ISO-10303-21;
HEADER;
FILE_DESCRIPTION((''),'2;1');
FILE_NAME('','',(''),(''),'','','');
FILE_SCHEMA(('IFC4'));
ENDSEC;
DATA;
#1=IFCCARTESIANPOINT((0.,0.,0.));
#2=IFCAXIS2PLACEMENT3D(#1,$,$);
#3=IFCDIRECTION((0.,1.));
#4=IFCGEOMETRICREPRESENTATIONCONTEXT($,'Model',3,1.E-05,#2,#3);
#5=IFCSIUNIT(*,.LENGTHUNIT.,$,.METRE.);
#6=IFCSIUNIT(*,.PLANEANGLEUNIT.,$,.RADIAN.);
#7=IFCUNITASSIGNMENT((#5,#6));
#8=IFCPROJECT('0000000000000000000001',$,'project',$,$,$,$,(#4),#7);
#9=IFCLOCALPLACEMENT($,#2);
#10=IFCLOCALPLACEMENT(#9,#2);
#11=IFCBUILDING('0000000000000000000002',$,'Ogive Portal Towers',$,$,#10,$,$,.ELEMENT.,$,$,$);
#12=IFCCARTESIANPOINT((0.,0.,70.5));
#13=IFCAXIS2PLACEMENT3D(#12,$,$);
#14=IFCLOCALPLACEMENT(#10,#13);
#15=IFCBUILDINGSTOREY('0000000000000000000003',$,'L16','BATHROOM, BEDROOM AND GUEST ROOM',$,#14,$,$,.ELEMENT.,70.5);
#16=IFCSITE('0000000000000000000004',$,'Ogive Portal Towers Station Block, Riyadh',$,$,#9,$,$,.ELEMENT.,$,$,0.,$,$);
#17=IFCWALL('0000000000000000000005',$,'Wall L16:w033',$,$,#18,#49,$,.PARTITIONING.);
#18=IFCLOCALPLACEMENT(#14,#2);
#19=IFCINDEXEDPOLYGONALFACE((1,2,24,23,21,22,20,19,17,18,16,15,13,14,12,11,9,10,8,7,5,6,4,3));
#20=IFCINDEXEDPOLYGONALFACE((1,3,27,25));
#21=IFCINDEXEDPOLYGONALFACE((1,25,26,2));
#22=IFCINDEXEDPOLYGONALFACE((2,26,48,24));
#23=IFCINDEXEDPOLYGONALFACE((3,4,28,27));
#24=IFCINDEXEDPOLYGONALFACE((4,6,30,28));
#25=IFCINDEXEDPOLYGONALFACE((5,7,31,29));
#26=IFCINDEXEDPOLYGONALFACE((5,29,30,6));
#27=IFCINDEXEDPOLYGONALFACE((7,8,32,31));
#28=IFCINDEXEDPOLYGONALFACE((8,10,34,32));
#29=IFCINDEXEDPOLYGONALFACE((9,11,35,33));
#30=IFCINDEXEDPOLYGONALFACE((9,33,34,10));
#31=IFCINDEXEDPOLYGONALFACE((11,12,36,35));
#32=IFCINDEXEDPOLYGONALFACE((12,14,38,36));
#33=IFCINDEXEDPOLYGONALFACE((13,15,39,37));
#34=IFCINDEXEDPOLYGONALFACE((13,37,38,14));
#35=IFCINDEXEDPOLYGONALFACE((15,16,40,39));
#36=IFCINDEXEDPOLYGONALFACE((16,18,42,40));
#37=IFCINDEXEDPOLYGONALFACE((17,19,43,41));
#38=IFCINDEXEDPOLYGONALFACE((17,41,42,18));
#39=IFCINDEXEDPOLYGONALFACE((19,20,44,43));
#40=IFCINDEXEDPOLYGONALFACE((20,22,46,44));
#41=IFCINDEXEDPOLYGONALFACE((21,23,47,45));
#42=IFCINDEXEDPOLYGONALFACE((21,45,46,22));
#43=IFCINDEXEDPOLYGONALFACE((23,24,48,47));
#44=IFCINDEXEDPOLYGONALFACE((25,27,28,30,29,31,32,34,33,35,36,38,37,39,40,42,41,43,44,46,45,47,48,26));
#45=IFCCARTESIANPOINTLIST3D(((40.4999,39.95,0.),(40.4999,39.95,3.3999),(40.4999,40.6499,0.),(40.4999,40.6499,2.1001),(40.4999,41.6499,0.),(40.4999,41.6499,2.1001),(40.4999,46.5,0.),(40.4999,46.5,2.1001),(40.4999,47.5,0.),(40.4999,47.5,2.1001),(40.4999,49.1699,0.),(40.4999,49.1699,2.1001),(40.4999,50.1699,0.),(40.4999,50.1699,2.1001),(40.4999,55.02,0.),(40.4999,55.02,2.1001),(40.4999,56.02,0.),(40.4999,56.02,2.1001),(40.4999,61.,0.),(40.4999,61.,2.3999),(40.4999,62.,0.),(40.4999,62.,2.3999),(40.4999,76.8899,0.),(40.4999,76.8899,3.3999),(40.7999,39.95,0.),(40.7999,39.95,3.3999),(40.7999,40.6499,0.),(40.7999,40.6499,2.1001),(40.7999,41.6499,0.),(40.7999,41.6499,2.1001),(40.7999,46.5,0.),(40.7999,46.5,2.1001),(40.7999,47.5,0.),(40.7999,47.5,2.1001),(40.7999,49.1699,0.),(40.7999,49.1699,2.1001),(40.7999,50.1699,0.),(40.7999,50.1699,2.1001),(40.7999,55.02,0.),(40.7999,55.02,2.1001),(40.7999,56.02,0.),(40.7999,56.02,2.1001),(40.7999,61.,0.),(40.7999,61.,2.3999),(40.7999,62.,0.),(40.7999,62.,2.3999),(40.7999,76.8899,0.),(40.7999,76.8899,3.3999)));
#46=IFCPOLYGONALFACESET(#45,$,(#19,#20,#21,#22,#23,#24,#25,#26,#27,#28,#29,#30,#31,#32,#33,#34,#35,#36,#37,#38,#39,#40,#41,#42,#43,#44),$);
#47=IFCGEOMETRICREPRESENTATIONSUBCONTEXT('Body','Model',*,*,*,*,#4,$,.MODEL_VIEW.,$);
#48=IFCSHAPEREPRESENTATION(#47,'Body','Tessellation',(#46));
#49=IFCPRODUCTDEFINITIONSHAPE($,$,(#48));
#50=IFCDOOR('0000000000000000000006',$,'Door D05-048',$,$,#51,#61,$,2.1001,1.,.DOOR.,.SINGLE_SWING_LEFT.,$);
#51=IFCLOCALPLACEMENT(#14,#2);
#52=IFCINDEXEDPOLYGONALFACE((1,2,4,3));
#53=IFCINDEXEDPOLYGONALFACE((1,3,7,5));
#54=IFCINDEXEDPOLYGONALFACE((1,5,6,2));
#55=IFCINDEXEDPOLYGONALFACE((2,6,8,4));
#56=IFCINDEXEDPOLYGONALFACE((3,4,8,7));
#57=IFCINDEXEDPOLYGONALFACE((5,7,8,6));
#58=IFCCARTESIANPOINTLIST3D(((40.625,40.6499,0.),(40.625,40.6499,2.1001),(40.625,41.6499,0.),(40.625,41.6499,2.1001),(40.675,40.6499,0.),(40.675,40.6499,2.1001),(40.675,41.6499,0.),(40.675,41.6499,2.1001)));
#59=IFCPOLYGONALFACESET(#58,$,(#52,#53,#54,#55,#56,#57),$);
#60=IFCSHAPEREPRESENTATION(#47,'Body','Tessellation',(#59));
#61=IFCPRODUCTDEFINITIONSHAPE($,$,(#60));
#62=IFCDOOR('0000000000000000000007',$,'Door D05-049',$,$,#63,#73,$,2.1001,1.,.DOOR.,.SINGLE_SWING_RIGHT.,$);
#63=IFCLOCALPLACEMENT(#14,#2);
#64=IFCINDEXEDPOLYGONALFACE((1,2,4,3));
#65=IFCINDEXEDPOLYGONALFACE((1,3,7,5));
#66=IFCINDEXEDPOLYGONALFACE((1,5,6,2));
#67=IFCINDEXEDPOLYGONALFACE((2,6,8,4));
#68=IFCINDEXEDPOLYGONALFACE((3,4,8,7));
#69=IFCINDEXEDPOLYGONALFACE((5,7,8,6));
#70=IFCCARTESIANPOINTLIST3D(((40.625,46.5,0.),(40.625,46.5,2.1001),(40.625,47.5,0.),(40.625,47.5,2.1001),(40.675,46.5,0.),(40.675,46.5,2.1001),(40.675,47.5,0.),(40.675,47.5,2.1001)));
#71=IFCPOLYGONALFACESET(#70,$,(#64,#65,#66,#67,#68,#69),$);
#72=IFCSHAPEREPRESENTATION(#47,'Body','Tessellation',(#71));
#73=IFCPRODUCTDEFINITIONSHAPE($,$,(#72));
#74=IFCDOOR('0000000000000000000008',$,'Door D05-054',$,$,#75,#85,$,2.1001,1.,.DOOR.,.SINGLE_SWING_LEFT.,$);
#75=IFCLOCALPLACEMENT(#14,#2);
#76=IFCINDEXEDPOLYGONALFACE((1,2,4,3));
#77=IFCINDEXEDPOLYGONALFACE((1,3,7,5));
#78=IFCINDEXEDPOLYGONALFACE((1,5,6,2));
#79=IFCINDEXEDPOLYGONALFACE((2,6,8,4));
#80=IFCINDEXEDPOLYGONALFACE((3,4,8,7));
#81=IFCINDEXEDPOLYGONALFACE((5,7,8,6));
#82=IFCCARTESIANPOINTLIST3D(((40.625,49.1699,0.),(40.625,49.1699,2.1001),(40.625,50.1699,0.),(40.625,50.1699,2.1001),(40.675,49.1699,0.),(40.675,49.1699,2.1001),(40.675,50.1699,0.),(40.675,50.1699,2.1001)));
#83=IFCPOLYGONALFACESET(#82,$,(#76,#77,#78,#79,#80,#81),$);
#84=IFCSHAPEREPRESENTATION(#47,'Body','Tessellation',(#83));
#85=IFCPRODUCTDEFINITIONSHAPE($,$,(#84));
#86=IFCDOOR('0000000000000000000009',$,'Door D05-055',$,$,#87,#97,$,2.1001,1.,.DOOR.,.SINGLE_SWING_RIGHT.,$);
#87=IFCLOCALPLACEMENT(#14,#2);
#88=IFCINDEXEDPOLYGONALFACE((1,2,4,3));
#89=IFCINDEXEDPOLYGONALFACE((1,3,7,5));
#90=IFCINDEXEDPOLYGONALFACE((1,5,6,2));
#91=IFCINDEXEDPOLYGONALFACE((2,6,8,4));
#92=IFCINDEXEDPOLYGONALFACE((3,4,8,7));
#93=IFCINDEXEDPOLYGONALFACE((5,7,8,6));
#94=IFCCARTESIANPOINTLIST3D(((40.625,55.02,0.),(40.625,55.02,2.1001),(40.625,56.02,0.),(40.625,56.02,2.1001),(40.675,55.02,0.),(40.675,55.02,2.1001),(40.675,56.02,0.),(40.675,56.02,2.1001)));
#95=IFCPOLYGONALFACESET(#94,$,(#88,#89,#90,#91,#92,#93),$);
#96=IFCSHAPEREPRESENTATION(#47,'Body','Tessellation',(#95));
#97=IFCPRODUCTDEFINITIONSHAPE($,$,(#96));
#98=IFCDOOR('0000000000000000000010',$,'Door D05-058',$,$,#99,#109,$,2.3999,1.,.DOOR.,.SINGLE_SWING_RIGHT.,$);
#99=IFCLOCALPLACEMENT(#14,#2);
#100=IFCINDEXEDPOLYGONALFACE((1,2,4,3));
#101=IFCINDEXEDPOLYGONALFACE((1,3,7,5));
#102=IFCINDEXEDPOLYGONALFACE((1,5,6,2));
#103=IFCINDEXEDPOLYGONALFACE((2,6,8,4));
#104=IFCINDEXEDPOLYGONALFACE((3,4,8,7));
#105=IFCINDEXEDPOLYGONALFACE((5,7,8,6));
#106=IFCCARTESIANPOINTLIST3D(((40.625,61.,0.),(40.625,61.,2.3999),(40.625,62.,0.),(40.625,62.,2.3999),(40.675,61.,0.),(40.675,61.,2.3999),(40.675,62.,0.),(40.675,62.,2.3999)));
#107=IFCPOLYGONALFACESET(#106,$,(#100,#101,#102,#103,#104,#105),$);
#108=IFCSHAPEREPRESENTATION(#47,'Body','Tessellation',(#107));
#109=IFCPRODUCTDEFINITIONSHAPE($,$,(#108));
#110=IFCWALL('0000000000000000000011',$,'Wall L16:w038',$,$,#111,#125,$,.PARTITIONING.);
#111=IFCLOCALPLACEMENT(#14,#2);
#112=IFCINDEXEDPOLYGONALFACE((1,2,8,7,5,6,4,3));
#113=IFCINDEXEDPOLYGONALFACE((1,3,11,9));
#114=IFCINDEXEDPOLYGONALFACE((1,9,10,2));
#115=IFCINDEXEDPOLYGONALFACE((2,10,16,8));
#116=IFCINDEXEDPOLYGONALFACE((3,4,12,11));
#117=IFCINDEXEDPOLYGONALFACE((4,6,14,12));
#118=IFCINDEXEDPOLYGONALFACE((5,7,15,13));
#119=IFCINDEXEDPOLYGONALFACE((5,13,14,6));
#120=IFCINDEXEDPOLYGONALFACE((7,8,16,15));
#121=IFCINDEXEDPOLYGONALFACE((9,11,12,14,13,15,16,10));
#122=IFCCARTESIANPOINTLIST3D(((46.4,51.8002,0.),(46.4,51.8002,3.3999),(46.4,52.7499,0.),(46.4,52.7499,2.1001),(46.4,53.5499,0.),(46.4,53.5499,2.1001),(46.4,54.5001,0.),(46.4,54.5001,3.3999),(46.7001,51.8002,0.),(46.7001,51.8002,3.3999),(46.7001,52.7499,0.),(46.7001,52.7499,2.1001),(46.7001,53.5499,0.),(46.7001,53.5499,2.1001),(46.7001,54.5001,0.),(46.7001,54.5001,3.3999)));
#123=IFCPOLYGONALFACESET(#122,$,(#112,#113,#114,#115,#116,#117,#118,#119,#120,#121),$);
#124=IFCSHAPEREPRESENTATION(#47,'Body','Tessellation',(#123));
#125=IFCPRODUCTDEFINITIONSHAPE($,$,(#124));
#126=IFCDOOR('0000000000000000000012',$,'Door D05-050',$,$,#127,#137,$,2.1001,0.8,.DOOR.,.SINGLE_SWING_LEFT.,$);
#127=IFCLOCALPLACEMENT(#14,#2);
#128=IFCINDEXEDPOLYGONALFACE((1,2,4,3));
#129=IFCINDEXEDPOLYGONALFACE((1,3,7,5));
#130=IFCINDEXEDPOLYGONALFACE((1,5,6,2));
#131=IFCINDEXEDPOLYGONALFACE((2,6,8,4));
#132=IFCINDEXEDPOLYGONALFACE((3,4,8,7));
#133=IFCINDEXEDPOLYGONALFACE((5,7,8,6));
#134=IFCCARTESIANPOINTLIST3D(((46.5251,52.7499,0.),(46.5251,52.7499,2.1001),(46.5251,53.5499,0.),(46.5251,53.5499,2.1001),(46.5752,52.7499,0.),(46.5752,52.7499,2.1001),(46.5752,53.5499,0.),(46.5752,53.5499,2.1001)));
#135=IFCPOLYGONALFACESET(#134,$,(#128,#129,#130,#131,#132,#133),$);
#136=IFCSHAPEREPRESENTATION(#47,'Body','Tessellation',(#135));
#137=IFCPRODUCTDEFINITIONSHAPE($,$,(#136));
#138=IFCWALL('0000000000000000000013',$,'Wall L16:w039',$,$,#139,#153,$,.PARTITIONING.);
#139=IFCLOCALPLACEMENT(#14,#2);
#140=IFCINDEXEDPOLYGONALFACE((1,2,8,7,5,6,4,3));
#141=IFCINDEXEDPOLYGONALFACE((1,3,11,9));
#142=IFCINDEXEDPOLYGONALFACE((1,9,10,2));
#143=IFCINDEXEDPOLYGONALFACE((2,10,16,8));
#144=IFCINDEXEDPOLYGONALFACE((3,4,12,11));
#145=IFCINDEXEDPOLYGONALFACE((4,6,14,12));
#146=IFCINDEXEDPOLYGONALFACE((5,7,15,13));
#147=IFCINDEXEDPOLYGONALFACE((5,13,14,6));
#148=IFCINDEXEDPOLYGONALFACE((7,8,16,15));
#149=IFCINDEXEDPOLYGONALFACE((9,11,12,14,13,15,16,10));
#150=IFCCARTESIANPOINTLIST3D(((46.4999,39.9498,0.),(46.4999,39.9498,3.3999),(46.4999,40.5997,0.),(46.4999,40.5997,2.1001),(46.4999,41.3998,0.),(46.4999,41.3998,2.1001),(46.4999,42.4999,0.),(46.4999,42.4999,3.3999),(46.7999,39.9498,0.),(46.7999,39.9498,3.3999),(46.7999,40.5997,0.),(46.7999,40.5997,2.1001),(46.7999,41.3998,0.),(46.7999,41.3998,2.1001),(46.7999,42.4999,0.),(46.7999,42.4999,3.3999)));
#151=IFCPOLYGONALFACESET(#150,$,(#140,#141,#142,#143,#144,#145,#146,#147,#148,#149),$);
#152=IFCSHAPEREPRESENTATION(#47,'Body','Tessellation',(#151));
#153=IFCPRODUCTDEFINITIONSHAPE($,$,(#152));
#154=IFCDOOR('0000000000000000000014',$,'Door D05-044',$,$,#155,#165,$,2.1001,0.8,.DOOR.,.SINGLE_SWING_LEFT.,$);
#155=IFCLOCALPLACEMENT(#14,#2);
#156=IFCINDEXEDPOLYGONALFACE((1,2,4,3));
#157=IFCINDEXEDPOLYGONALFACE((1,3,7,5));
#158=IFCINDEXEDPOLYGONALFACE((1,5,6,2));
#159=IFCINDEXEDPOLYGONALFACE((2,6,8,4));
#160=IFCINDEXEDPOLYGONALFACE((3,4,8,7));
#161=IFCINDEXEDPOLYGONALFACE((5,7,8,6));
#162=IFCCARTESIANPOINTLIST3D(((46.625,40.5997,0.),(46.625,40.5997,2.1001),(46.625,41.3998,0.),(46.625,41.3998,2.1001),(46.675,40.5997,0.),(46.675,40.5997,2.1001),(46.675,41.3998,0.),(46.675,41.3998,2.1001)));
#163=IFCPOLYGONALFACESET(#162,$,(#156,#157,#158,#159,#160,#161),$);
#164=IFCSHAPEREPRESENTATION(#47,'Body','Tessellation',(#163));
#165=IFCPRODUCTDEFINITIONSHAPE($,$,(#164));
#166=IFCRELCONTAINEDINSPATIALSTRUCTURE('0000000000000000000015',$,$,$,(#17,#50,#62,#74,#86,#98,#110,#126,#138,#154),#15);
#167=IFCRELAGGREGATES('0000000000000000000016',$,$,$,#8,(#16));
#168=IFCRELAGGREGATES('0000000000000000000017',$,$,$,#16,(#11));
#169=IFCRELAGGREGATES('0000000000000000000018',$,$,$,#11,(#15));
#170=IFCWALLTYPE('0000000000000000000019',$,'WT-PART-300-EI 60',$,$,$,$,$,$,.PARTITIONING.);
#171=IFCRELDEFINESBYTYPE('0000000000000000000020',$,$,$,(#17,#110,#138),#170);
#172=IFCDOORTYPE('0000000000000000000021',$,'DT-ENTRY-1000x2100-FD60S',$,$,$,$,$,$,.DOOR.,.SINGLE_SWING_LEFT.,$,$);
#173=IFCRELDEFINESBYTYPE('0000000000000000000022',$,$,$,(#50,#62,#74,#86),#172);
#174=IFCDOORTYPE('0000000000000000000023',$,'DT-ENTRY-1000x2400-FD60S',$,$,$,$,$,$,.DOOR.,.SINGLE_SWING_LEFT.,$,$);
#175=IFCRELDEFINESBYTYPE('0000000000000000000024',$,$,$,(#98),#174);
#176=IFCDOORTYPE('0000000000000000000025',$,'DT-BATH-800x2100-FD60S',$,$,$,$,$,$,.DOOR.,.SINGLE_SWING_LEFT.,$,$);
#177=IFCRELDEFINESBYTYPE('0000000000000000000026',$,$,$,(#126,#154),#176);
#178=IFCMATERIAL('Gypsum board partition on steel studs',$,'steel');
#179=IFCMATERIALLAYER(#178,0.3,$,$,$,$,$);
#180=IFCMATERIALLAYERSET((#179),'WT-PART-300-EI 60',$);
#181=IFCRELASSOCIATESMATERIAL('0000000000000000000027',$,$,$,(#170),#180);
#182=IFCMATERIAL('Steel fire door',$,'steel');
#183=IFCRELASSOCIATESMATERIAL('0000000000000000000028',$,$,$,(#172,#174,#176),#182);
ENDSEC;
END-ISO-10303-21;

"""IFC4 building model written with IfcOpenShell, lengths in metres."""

from ifc_helpers import new_model, si_unit, direction, frame, frame_2d, origin, place, context, subcontext, project, spatial, rectangle, extrude, material, layer, layer_set, type_object, element, fill, save


model = new_model("IFC4")

# Units and contexts
model_context = context("Model", 3, precision=1e-05, world=origin(), true_north=direction((0.0, 1.0)))
body_context = subcontext(model_context, "Body", "Model", "MODEL_VIEW")
ifc_project = project(units=[si_unit("LENGTHUNIT", "METRE"), si_unit("PLANEANGLEUNIT", "RADIAN")], contexts=[model_context])

# Site, building, storey
site_placement = place(None, origin())
site = spatial("IfcSite", under=ifc_project, at=site_placement, Name="Ogive Portal Towers Station Block, Riyadh", CompositionType="ELEMENT", RefElevation=0.0)
building_placement = place(site_placement, origin())
building = spatial("IfcBuilding", under=site, at=building_placement, Name="Ogive Portal Towers", CompositionType="ELEMENT")
storey_placement = place(building_placement, frame((0.0, 0.0, 70.5)))
storey = spatial("IfcBuildingStorey", under=building, at=storey_placement, Name="L16", Description="BATHROOM, BEDROOM AND GUEST ROOM", CompositionType="ELEMENT", Elevation=70.5)

# Shared definitions
ifc_material_1 = material(Name="Gypsum board partition on steel studs", Category="steel")
ifc_layer_1 = layer(ifc_material_1, 0.3)
ifc_layer_set_1 = layer_set([ifc_layer_1], Name="WT-PART-300-EI 60")
wall_type_1 = type_object("IfcWallType", Name="WT-PART-300-EI 60", PredefinedType="PARTITIONING", material=ifc_layer_set_1)

# Wall, openings, doors
wall_1_placement = place(storey_placement, frame((40.6499, 39.95, 0.0), z_axis=(0.0, 0.0, 1.0), x_axis=(0.0, 1.0, 0.0)))
wall_1 = element("IfcWall", 1, at=wall_1_placement, inside=storey, type_object=wall_type_1, Name="Wall L16:w033", PredefinedType="PARTITIONING", context=body_context, shape_type="SweptSolid", body=[
    extrude(rectangle(XDim=36.9399, YDim=0.3, at=frame_2d((18.47, 0.0))), origin(), (0.0, 0.0, 1.0), 3.3999),
])
opening_1_placement = place(wall_1_placement, frame((0.7, 0.0, 0.0)))
opening_1 = element("IfcOpeningElement", 2, at=opening_1_placement, cuts=wall_1, PredefinedType="OPENING", context=body_context, shape_type="SweptSolid", body=[
    extrude(rectangle(XDim=1.0, YDim=2.1001, at=frame_2d((0.5, 1.05))), frame((0.0, 0.1602, 0.0), z_axis=(0.0, -1.0, 0.0), x_axis=(1.0, 0.0, 0.0)), (0.0, 0.0, 1.0), 0.3201),
])
opening_2_placement = place(wall_1_placement, frame((6.55, 0.0, 0.0)))
opening_2 = element("IfcOpeningElement", 3, at=opening_2_placement, cuts=wall_1, PredefinedType="OPENING", context=body_context, shape_type="SweptSolid", body=[
    extrude(rectangle(XDim=1.0, YDim=2.1001, at=frame_2d((0.5, 1.05))), frame((0.0, 0.1602, 0.0), z_axis=(0.0, -1.0, 0.0), x_axis=(1.0, 0.0, 0.0)), (0.0, 0.0, 1.0), 0.3201),
])
opening_3_placement = place(wall_1_placement, frame((9.22, 0.0, 0.0)))
opening_3 = element("IfcOpeningElement", 4, at=opening_3_placement, cuts=wall_1, PredefinedType="OPENING", context=body_context, shape_type="SweptSolid", body=[
    extrude(rectangle(XDim=1.0, YDim=2.1001, at=frame_2d((0.5, 1.05))), frame((0.0, 0.1602, 0.0), z_axis=(0.0, -1.0, 0.0), x_axis=(1.0, 0.0, 0.0)), (0.0, 0.0, 1.0), 0.3201),
])
opening_4_placement = place(wall_1_placement, frame((15.0701, 0.0, 0.0)))
opening_4 = element("IfcOpeningElement", 5, at=opening_4_placement, cuts=wall_1, PredefinedType="OPENING", context=body_context, shape_type="SweptSolid", body=[
    extrude(rectangle(XDim=1.0, YDim=2.1001, at=frame_2d((0.5, 1.05))), frame((0.0, 0.1602, 0.0), z_axis=(0.0, -1.0, 0.0), x_axis=(1.0, 0.0, 0.0)), (0.0, 0.0, 1.0), 0.3201),
])
opening_5_placement = place(wall_1_placement, frame((21.05, 0.0, 0.0)))
opening_5 = element("IfcOpeningElement", 6, at=opening_5_placement, cuts=wall_1, PredefinedType="OPENING", context=body_context, shape_type="SweptSolid", body=[
    extrude(rectangle(XDim=1.0, YDim=2.3999, at=frame_2d((0.5, 1.2))), frame((0.0, 0.1602, 0.0), z_axis=(0.0, -1.0, 0.0), x_axis=(1.0, 0.0, 0.0)), (0.0, 0.0, 1.0), 0.3201),
])
ifc_material_2 = material(Name="Steel fire door", Category="steel")
door_type_1 = type_object("IfcDoorType", Name="DT-ENTRY-1000x2100-FD60S", OperationType="SINGLE_SWING_LEFT", PredefinedType="DOOR", material=ifc_material_2)
door_1_placement = place(opening_1_placement, origin())
door_1 = element("IfcDoor", 7, at=door_1_placement, inside=storey, type_object=door_type_1, Name="Door D05-048", OperationType="SINGLE_SWING_LEFT", OverallHeight=2.1001, OverallWidth=1.0, PredefinedType="DOOR", context=body_context, shape_type="SweptSolid", body=[
    extrude(rectangle(XDim=1.0, YDim=2.1001, at=frame_2d((0.5, 1.05))), frame((0.0, 0.0249, 0.0), z_axis=(0.0, -1.0, 0.0), x_axis=(1.0, 0.0, 0.0)), (0.0, 0.0, 1.0), 0.05),
])
fill(opening_1, door_1)
door_2_placement = place(opening_2_placement, origin())
door_2 = element("IfcDoor", 8, at=door_2_placement, inside=storey, type_object=door_type_1, Name="Door D05-049", OperationType="SINGLE_SWING_RIGHT", OverallHeight=2.1001, OverallWidth=1.0, PredefinedType="DOOR", context=body_context, shape_type="SweptSolid", body=[
    extrude(rectangle(XDim=1.0, YDim=2.1001, at=frame_2d((0.5, 1.05))), frame((0.0, 0.0249, 0.0), z_axis=(0.0, -1.0, 0.0), x_axis=(1.0, 0.0, 0.0)), (0.0, 0.0, 1.0), 0.05),
])
fill(opening_2, door_2)
door_3_placement = place(opening_3_placement, origin())
door_3 = element("IfcDoor", 9, at=door_3_placement, inside=storey, type_object=door_type_1, Name="Door D05-054", OperationType="SINGLE_SWING_LEFT", OverallHeight=2.1001, OverallWidth=1.0, PredefinedType="DOOR", context=body_context, shape_type="SweptSolid", body=[
    extrude(rectangle(XDim=1.0, YDim=2.1001, at=frame_2d((0.5, 1.05))), frame((0.0, 0.0249, 0.0), z_axis=(0.0, -1.0, 0.0), x_axis=(1.0, 0.0, 0.0)), (0.0, 0.0, 1.0), 0.05),
])
fill(opening_3, door_3)
door_4_placement = place(opening_4_placement, origin())
door_4 = element("IfcDoor", 10, at=door_4_placement, inside=storey, type_object=door_type_1, Name="Door D05-055", OperationType="SINGLE_SWING_RIGHT", OverallHeight=2.1001, OverallWidth=1.0, PredefinedType="DOOR", context=body_context, shape_type="SweptSolid", body=[
    extrude(rectangle(XDim=1.0, YDim=2.1001, at=frame_2d((0.5, 1.05))), frame((0.0, 0.0249, 0.0), z_axis=(0.0, -1.0, 0.0), x_axis=(1.0, 0.0, 0.0)), (0.0, 0.0, 1.0), 0.05),
])
fill(opening_4, door_4)
door_type_2 = type_object("IfcDoorType", Name="DT-ENTRY-1000x2400-FD60S", OperationType="SINGLE_SWING_LEFT", PredefinedType="DOOR", material=ifc_material_2)
door_5_placement = place(opening_5_placement, origin())
door_5 = element("IfcDoor", 11, at=door_5_placement, inside=storey, type_object=door_type_2, Name="Door D05-058", OperationType="SINGLE_SWING_RIGHT", OverallHeight=2.3999, OverallWidth=1.0, PredefinedType="DOOR", context=body_context, shape_type="SweptSolid", body=[
    extrude(rectangle(XDim=1.0, YDim=2.3999, at=frame_2d((0.5, 1.2))), frame((0.0, 0.0249, 0.0), z_axis=(0.0, -1.0, 0.0), x_axis=(1.0, 0.0, 0.0)), (0.0, 0.0, 1.0), 0.05),
])
fill(opening_5, door_5)

# Walls, openings, doors
wall_2_placement = place(storey_placement, frame((46.55, 51.8, 0.0), z_axis=(0.0, 0.0, 1.0), x_axis=(0.0, 1.0, 0.0)))
wall_2 = element("IfcWall", 12, at=wall_2_placement, inside=storey, type_object=wall_type_1, Name="Wall L16:w038", PredefinedType="PARTITIONING", context=body_context, shape_type="SweptSolid", body=[
    extrude(rectangle(XDim=2.7, YDim=0.3, at=frame_2d((1.3501, 0.0))), origin(), (0.0, 0.0, 1.0), 3.3999),
])
opening_6_placement = place(wall_2_placement, frame((0.95, 0.0, 0.0)))
opening_6 = element("IfcOpeningElement", 13, at=opening_6_placement, cuts=wall_2, PredefinedType="OPENING", context=body_context, shape_type="SweptSolid", body=[
    extrude(rectangle(XDim=0.8, YDim=2.1001, at=frame_2d((0.3999, 1.05))), frame((0.0, 0.1602, 0.0), z_axis=(0.0, -1.0, 0.0), x_axis=(1.0, 0.0, 0.0)), (0.0, 0.0, 1.0), 0.3201),
])
door_type_3 = type_object("IfcDoorType", Name="DT-BATH-800x2100-FD60S", OperationType="SINGLE_SWING_LEFT", PredefinedType="DOOR", material=ifc_material_2)
door_6_placement = place(opening_6_placement, origin())
door_6 = element("IfcDoor", 14, at=door_6_placement, inside=storey, type_object=door_type_3, Name="Door D05-050", OperationType="SINGLE_SWING_LEFT", OverallHeight=2.1001, OverallWidth=0.8, PredefinedType="DOOR", context=body_context, shape_type="SweptSolid", body=[
    extrude(rectangle(XDim=0.8, YDim=2.1001, at=frame_2d((0.3999, 1.05))), frame((0.0, 0.0249, 0.0), z_axis=(0.0, -1.0, 0.0), x_axis=(1.0, 0.0, 0.0)), (0.0, 0.0, 1.0), 0.05),
])
fill(opening_6, door_6)
wall_3_placement = place(storey_placement, frame((46.6499, 39.95, 0.0), z_axis=(0.0, 0.0, 1.0), x_axis=(0.0, 1.0, 0.0)))
wall_3 = element("IfcWall", 15, at=wall_3_placement, inside=storey, type_object=wall_type_1, Name="Wall L16:w039", PredefinedType="PARTITIONING", context=body_context, shape_type="SweptSolid", body=[
    extrude(rectangle(XDim=2.55, YDim=0.3, at=frame_2d((1.2749, 0.0))), origin(), (0.0, 0.0, 1.0), 3.3999),
])
opening_7_placement = place(wall_3_placement, frame((0.6499, 0.0, 0.0)))
opening_7 = element("IfcOpeningElement", 16, at=opening_7_placement, cuts=wall_3, PredefinedType="OPENING", context=body_context, shape_type="SweptSolid", body=[
    extrude(rectangle(XDim=0.8, YDim=2.1001, at=frame_2d((0.3999, 1.05))), frame((0.0, 0.1602, 0.0), z_axis=(0.0, -1.0, 0.0), x_axis=(1.0, 0.0, 0.0)), (0.0, 0.0, 1.0), 0.3201),
])
door_7_placement = place(opening_7_placement, origin())
door_7 = element("IfcDoor", 17, at=door_7_placement, inside=storey, type_object=door_type_3, Name="Door D05-044", OperationType="SINGLE_SWING_LEFT", OverallHeight=2.1001, OverallWidth=0.8, PredefinedType="DOOR", context=body_context, shape_type="SweptSolid", body=[
    extrude(rectangle(XDim=0.8, YDim=2.1001, at=frame_2d((0.3999, 1.05))), frame((0.0, 0.0249, 0.0), z_axis=(0.0, -1.0, 0.0), x_axis=(1.0, 0.0, 0.0)), (0.0, 0.0, 1.0), 0.05),
])
fill(opening_7, door_7)

save(model, "model.ifc")
